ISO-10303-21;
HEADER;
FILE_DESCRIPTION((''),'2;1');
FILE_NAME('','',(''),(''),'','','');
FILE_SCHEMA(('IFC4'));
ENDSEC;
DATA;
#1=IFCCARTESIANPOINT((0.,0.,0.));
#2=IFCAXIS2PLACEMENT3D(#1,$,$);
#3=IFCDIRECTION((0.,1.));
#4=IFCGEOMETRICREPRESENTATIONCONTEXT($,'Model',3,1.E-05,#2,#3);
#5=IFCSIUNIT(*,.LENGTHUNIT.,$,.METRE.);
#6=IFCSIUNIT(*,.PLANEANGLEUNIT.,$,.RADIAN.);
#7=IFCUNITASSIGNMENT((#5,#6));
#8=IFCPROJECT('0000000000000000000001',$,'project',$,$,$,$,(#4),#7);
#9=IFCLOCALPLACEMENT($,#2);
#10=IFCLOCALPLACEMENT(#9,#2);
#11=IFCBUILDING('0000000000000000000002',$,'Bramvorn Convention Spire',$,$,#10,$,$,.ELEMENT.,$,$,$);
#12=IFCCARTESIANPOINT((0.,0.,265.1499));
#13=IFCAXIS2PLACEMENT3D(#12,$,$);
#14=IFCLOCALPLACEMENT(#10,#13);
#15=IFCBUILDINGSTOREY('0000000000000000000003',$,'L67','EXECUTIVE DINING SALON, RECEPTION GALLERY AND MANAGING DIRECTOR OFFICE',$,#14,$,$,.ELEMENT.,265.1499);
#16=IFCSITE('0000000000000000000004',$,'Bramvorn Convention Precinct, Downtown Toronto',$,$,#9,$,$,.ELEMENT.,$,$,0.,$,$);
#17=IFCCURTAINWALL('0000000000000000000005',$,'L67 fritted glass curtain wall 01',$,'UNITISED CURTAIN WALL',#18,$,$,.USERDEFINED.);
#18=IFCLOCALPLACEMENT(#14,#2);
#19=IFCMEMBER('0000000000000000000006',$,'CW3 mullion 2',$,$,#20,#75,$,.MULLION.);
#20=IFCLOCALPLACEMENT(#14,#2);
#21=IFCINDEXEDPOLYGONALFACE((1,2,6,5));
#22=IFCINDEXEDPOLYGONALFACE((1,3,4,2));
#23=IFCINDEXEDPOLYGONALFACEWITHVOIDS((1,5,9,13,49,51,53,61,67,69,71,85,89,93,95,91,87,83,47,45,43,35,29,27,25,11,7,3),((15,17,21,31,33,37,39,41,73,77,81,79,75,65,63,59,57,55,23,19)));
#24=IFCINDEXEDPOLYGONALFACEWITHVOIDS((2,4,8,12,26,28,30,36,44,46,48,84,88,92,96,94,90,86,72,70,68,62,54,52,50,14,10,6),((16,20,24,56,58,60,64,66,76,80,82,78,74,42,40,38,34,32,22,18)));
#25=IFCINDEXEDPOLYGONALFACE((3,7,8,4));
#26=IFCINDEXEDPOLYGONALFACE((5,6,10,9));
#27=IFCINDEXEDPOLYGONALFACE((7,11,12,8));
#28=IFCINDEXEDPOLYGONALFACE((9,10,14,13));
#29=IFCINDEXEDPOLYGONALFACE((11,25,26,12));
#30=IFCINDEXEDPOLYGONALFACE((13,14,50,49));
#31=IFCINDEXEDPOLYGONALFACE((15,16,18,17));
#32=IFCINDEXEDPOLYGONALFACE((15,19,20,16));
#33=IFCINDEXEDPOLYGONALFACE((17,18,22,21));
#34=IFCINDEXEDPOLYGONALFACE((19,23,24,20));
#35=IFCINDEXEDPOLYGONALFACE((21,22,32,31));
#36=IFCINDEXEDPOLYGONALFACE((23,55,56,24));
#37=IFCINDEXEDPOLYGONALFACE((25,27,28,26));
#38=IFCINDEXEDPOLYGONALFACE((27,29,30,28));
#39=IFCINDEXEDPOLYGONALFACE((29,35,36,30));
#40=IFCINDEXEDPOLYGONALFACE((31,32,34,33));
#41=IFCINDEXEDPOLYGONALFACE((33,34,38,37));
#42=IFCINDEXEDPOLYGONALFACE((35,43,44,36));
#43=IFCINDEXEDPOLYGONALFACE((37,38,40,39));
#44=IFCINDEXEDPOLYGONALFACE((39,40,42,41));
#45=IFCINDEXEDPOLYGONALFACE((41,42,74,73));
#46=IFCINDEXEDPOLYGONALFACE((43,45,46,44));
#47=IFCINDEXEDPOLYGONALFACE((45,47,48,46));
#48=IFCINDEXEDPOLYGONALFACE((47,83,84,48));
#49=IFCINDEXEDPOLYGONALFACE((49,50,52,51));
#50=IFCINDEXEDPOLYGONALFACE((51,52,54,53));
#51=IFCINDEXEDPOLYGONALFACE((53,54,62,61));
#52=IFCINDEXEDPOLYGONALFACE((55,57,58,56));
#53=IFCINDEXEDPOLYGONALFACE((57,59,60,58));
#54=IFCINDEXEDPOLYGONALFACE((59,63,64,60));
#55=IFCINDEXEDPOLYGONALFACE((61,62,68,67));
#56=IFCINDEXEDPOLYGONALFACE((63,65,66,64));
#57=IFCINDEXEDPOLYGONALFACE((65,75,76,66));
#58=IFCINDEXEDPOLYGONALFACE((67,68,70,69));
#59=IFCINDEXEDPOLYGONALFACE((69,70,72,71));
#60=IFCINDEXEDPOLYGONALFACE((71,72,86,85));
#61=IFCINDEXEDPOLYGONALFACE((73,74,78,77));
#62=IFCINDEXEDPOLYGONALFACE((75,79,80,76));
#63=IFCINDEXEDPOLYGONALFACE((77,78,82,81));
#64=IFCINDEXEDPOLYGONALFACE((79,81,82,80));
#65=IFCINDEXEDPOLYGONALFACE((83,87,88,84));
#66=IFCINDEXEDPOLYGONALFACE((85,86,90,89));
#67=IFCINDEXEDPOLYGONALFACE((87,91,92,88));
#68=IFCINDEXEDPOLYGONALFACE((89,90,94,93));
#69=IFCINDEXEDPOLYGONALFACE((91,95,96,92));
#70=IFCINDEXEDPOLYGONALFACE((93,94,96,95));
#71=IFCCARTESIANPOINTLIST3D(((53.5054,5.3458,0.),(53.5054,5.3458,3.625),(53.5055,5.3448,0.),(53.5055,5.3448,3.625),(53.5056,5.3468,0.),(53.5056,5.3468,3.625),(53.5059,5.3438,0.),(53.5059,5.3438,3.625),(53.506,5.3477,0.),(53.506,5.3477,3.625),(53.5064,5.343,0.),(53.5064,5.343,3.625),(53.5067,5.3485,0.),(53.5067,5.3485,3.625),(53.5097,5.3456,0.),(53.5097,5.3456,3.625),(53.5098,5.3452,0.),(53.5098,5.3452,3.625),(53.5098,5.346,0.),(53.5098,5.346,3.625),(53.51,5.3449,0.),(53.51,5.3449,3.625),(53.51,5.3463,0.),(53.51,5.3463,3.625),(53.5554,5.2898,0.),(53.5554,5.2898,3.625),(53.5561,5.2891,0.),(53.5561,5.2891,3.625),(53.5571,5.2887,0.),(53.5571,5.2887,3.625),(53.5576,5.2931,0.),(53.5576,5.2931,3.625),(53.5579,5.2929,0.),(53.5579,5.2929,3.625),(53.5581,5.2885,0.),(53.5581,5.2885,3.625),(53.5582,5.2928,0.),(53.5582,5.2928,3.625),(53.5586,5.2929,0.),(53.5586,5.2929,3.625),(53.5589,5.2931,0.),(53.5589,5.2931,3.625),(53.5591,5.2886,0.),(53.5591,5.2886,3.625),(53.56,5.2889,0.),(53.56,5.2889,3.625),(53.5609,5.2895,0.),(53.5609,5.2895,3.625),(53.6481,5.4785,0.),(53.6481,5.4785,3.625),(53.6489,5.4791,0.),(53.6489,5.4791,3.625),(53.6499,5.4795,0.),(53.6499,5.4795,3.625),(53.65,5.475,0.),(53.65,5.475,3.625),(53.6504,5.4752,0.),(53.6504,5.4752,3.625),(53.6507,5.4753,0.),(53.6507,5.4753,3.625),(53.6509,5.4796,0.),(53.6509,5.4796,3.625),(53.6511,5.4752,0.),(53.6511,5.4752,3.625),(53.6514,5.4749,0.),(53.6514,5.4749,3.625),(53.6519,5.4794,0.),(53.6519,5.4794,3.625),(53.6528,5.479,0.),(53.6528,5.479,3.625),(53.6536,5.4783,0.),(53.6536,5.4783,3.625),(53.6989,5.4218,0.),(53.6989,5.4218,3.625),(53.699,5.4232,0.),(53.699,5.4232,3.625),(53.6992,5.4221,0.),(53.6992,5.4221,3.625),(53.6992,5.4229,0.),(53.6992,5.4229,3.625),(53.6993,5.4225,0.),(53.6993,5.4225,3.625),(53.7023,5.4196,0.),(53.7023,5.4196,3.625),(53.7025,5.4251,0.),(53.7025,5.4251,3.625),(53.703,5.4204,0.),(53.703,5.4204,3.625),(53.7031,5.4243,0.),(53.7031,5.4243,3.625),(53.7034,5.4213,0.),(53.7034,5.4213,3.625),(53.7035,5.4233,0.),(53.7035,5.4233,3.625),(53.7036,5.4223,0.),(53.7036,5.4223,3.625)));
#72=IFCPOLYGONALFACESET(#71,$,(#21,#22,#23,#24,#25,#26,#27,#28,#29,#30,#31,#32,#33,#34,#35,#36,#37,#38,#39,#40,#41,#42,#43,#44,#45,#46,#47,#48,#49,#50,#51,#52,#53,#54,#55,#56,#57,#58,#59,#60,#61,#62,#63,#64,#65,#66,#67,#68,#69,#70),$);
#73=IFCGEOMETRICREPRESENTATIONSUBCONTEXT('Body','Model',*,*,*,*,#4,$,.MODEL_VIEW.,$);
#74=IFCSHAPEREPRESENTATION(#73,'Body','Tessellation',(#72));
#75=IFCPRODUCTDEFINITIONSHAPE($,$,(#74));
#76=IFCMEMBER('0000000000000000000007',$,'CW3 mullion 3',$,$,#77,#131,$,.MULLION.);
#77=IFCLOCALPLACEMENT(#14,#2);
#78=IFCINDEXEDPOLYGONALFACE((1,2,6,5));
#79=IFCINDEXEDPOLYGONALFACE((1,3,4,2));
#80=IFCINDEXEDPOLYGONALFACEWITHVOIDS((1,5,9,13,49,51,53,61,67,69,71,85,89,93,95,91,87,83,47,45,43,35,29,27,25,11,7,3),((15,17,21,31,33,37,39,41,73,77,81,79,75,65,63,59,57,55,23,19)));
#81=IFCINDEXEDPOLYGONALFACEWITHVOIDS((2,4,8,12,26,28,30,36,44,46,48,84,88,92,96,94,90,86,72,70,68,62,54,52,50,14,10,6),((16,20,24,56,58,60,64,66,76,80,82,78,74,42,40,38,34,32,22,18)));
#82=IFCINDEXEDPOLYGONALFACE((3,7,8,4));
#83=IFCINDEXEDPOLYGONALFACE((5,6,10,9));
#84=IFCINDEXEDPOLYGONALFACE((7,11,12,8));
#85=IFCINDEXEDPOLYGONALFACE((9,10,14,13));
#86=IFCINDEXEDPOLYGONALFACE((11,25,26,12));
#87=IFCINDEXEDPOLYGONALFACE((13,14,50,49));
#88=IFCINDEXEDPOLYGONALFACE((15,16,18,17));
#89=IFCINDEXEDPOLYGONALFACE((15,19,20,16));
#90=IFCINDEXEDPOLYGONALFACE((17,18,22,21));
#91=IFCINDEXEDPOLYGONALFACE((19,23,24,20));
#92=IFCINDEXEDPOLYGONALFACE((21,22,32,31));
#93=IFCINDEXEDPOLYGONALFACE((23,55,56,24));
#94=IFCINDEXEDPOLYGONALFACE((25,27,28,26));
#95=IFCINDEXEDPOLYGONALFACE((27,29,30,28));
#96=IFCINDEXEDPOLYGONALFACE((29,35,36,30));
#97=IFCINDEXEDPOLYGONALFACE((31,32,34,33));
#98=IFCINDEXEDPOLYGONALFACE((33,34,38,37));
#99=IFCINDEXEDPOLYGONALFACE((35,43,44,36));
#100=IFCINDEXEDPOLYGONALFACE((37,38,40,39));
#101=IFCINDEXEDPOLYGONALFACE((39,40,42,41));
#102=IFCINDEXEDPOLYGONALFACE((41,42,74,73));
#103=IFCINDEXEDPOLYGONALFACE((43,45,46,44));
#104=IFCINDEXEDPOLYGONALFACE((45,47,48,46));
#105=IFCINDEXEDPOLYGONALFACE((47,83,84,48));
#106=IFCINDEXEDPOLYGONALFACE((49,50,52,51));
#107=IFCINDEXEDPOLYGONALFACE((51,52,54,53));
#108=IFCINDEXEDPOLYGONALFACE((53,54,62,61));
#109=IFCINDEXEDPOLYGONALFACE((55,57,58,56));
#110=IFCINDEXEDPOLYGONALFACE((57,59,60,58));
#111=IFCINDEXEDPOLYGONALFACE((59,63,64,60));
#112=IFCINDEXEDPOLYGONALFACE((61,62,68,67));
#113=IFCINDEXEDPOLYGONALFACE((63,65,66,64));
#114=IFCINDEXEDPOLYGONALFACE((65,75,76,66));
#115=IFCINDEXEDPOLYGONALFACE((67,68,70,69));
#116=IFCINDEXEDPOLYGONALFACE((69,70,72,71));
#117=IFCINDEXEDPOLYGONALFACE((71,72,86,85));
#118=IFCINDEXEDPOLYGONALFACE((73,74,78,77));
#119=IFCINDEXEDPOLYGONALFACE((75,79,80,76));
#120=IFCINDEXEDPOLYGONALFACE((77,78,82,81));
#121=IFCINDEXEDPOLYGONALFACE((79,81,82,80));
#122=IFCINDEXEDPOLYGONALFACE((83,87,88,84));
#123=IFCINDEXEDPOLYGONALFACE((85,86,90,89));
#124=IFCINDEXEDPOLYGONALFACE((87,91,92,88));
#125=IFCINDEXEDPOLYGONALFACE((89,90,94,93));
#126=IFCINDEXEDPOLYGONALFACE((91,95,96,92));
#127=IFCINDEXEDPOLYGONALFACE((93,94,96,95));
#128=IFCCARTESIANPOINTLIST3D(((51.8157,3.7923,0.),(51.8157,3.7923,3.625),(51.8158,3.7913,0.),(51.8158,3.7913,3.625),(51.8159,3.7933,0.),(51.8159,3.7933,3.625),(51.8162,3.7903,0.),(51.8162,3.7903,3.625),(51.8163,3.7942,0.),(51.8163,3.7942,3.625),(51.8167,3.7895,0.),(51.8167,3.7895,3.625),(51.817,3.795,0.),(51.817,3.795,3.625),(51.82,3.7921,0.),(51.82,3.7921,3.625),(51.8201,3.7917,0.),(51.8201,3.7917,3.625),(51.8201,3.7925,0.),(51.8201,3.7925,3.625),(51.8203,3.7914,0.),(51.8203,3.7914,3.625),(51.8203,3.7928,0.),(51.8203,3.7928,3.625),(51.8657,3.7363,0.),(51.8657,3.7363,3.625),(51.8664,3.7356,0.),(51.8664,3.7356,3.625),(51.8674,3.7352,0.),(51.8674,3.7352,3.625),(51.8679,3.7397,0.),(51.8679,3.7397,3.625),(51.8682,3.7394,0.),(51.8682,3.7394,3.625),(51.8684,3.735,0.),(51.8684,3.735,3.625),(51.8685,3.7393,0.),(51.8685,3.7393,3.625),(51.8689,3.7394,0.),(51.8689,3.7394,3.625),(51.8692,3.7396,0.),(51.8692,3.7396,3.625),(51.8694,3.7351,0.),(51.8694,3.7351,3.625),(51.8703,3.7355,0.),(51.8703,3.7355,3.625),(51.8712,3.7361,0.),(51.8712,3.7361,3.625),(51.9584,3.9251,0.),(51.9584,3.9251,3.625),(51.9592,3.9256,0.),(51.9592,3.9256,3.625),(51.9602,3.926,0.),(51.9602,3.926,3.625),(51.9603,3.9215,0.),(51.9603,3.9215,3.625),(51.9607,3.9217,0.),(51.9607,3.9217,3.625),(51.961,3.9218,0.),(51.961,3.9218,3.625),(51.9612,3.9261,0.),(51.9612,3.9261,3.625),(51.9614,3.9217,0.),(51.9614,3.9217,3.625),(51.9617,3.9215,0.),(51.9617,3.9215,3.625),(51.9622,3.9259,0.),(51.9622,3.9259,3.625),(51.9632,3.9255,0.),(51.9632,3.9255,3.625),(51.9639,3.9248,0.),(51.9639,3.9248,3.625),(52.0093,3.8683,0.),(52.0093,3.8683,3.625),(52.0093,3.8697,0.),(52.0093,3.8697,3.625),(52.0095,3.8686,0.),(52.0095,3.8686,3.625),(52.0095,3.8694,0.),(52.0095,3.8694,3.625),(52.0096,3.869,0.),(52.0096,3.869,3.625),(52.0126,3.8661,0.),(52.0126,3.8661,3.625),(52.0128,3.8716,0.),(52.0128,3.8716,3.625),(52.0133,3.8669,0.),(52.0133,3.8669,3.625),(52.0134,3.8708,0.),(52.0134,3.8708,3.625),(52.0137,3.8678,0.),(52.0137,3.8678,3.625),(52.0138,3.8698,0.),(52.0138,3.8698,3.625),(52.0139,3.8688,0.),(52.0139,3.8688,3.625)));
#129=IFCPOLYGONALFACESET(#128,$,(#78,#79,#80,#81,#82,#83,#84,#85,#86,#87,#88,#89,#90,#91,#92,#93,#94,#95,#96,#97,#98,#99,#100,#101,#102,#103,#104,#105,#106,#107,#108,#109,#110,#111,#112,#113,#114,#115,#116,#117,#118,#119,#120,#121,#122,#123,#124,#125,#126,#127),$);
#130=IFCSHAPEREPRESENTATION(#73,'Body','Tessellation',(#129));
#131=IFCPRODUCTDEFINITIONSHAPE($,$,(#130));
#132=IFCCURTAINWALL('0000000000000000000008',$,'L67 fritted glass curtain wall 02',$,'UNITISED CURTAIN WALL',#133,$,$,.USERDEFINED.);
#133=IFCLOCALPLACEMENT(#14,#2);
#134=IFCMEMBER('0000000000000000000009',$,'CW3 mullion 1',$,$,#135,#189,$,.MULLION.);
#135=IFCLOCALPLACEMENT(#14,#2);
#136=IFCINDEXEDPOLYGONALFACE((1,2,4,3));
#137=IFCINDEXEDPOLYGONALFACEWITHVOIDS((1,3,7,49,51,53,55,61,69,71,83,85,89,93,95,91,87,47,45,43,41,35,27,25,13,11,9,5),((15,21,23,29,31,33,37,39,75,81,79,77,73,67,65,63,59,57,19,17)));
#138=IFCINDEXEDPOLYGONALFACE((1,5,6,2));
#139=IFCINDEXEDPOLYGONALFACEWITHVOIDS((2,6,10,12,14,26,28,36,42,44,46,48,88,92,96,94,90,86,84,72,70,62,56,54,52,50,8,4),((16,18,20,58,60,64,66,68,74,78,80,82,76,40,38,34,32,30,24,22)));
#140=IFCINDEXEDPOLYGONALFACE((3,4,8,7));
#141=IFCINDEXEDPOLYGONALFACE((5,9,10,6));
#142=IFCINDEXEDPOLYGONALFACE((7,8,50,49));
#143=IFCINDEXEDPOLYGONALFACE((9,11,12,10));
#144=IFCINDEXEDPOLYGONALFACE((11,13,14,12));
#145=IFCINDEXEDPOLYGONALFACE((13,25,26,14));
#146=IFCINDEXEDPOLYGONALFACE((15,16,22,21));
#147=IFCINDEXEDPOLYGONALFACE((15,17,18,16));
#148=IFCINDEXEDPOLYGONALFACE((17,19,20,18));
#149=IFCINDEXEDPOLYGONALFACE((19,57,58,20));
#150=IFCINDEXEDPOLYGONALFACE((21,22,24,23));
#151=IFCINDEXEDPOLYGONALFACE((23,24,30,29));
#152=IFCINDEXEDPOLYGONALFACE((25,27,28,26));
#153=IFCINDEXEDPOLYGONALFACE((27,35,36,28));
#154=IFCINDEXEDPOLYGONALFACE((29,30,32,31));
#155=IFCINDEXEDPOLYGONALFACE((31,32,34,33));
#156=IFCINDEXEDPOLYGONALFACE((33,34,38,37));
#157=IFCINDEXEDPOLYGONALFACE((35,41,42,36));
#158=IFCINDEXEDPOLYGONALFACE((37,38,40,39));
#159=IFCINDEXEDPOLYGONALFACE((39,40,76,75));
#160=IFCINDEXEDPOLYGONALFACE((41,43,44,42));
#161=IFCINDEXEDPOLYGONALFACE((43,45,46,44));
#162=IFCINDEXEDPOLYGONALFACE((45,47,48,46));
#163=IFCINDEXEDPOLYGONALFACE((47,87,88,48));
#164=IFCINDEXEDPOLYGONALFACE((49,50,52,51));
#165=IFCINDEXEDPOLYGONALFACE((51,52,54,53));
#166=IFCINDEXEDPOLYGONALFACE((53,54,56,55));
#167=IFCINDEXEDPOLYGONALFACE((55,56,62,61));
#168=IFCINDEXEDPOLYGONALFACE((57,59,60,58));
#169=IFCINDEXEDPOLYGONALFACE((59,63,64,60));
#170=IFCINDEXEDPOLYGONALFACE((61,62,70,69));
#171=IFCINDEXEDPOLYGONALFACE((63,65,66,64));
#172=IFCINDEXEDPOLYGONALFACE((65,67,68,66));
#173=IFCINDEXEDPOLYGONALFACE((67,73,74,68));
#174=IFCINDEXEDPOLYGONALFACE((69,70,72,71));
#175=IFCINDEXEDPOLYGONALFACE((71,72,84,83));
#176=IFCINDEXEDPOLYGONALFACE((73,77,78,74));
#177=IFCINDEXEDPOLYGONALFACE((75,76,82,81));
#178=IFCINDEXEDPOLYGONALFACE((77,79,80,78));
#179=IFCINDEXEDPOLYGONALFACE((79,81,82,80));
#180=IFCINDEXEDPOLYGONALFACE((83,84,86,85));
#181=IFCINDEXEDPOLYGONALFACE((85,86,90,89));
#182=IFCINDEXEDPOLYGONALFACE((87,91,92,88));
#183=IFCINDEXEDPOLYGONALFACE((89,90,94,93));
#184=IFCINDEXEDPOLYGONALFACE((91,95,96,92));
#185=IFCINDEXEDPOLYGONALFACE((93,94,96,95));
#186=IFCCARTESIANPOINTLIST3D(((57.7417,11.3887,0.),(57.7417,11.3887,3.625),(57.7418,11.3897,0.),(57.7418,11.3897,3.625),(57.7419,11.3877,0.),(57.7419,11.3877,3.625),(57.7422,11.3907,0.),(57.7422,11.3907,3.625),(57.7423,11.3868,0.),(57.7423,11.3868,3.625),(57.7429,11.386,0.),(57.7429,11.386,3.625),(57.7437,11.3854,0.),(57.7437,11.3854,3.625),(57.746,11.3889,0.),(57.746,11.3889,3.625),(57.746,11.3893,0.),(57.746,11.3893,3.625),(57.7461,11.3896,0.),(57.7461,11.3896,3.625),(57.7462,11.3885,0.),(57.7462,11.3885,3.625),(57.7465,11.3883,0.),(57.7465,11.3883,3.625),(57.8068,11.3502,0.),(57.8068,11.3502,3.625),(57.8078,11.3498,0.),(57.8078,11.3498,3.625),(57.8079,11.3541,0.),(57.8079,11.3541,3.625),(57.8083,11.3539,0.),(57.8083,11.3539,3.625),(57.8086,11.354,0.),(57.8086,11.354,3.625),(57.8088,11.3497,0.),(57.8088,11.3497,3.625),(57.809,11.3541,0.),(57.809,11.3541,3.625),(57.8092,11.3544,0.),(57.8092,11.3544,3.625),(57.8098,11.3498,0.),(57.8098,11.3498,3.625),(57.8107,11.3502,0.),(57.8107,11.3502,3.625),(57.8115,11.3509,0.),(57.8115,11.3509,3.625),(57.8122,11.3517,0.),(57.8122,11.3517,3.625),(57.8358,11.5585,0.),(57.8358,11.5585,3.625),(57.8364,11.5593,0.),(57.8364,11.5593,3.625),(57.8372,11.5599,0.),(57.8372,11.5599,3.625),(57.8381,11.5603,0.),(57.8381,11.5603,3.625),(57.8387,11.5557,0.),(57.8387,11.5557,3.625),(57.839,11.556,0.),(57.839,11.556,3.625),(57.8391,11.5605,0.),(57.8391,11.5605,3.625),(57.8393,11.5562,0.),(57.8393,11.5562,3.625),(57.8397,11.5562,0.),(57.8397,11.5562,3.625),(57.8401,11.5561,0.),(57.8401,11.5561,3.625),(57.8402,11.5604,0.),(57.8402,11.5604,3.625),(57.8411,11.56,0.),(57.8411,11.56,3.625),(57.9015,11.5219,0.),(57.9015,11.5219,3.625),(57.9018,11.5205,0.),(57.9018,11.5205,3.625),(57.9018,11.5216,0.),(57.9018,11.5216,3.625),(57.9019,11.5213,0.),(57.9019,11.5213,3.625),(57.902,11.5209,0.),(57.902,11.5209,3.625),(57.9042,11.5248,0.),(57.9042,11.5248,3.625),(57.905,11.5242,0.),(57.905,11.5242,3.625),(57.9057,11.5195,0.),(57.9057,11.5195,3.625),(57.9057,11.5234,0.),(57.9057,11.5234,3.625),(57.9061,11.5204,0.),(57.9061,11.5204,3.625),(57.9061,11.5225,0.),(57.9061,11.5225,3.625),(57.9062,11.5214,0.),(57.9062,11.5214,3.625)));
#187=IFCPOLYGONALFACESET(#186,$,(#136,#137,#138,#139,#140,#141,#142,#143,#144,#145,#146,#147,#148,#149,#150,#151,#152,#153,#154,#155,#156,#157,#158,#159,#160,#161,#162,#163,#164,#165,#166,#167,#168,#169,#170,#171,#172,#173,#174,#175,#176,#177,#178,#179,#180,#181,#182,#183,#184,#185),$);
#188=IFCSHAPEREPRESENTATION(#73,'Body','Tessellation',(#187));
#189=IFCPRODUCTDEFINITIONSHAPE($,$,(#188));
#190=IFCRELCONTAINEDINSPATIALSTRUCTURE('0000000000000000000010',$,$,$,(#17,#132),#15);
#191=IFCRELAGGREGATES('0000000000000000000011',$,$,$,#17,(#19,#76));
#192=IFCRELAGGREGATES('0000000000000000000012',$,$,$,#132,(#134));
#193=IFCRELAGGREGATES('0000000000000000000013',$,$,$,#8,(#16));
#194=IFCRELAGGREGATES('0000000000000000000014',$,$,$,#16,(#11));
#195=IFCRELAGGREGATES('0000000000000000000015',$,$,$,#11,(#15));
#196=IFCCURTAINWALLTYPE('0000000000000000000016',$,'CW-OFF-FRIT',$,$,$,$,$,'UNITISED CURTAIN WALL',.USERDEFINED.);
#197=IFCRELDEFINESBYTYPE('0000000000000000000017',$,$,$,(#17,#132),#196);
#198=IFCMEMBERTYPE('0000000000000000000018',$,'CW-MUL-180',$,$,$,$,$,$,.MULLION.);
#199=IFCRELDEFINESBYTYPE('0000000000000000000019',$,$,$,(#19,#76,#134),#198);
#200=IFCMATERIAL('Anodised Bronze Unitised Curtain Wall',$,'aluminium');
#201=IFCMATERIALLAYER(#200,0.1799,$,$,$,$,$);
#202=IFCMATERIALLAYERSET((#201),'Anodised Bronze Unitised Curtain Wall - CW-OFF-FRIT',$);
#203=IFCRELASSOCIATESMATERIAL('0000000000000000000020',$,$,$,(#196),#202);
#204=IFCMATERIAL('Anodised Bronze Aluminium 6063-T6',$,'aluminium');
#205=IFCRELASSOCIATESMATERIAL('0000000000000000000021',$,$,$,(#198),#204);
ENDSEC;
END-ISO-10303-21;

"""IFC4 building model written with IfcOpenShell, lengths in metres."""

from ifc_helpers import new_model, si_unit, direction, frame, origin, origin_2d, place, context, subcontext, project, spatial, hollow_rectangle, extrude, material, layer, layer_set, material_profile, profile_set, type_object, element, aggregate, save


model = new_model("IFC4")

# Units and contexts
model_context = context("Model", 3, precision=1e-05, world=origin(), true_north=direction((0.0, 1.0)))
body_context = subcontext(model_context, "Body", "Model", "MODEL_VIEW")
ifc_project = project(units=[si_unit("LENGTHUNIT", "METRE"), si_unit("PLANEANGLEUNIT", "RADIAN")], contexts=[model_context])

# Site, building, storey
site_placement = place(None, origin())
site = spatial("IfcSite", under=ifc_project, at=site_placement, Name="Bramvorn Convention Precinct, Downtown Toronto", CompositionType="ELEMENT", RefElevation=0.0)
building_placement = place(site_placement, origin())
building = spatial("IfcBuilding", under=site, at=building_placement, Name="Bramvorn Convention Spire", CompositionType="ELEMENT")
storey_placement = place(building_placement, frame((0.0, 0.0, 265.1499)))
storey = spatial("IfcBuildingStorey", under=building, at=storey_placement, Name="L67", Description="EXECUTIVE DINING SALON, RECEPTION GALLERY AND MANAGING DIRECTOR OFFICE", CompositionType="ELEMENT", Elevation=265.1499)

# Curtain walls, members
ifc_material_1 = material(Name="Anodised Bronze Unitised Curtain Wall", Category="aluminium")
ifc_layer_1 = layer(ifc_material_1, 0.1799)
ifc_layer_set_1 = layer_set([ifc_layer_1], Name="Anodised Bronze Unitised Curtain Wall - CW-OFF-FRIT")
curtain_wall_type = type_object("IfcCurtainWallType", Name="CW-OFF-FRIT", ElementType="UNITISED CURTAIN WALL", PredefinedType="USERDEFINED", material=ifc_layer_set_1)
curtain_wall_1_placement = place(storey_placement, origin())
curtain_wall_1 = element("IfcCurtainWall", 1, at=curtain_wall_1_placement, inside=storey, type_object=curtain_wall_type, Name="L67 fritted glass curtain wall 01", ObjectType="UNITISED CURTAIN WALL", PredefinedType="USERDEFINED")
ifc_material_2 = material(Name="Anodised Bronze Aluminium 6063-T6", Category="aluminium")
ifc_material_profile_1 = material_profile(ifc_material_2, hollow_rectangle(XDim=0.0801, YDim=0.2, WallThickness=0.0039, InnerFilletRadius=0.001, OuterFilletRadius=0.0039, at=origin_2d()))
ifc_profile_set_1 = profile_set([ifc_material_profile_1], Name="Anodised Bronze Aluminium 6063-T6 - CWM80X200")
member_type_1 = type_object("IfcMemberType", Name="CW-MUL-180", PredefinedType="MULLION", material=ifc_profile_set_1)
member_1_placement = place(storey_placement, frame((53.6045, 5.384, 0.0), z_axis=(0.0, 0.0, 1.0), x_axis=(0.676833, -0.736137, 0.0)))
member_1 = element("IfcMember", 2, at=member_1_placement, type_object=member_type_1, Name="CW3 mullion 2", PredefinedType="MULLION", context=body_context, shape_type="SweptSolid", body=[
    extrude(hollow_rectangle(XDim=0.0801, YDim=0.2, WallThickness=0.0039, InnerFilletRadius=0.001, OuterFilletRadius=0.0039, at=origin_2d()), origin(), (0.0, 0.0, 1.0), 3.625),
])
member_2_placement = place(storey_placement, frame((51.9148, 3.8306, 0.0), z_axis=(0.0, 0.0, 1.0), x_axis=(0.676833, -0.736137, 0.0)))
member_2 = element("IfcMember", 3, at=member_2_placement, type_object=member_type_1, Name="CW3 mullion 3", PredefinedType="MULLION", context=body_context, shape_type="SweptSolid", body=[
    extrude(hollow_rectangle(XDim=0.0801, YDim=0.2, WallThickness=0.0039, InnerFilletRadius=0.001, OuterFilletRadius=0.0039, at=origin_2d()), origin(), (0.0, 0.0, 1.0), 3.625),
])
curtain_wall_2_placement = place(storey_placement, origin())
curtain_wall_2 = element("IfcCurtainWall", 4, at=curtain_wall_2_placement, inside=storey, type_object=curtain_wall_type, Name="L67 fritted glass curtain wall 02", ObjectType="UNITISED CURTAIN WALL", PredefinedType="USERDEFINED")
member_3_placement = place(storey_placement, frame((57.824, 11.4551, 0.0), z_axis=(0.0, 0.0, 1.0), x_axis=(0.873394, -0.487015, 0.0)))
member_3 = element("IfcMember", 5, at=member_3_placement, type_object=member_type_1, Name="CW3 mullion 1", PredefinedType="MULLION", context=body_context, shape_type="SweptSolid", body=[
    extrude(hollow_rectangle(XDim=0.0801, YDim=0.2, WallThickness=0.0039, InnerFilletRadius=0.001, OuterFilletRadius=0.0039, at=origin_2d()), origin(), (0.0, 0.0, 1.0), 3.625),
])

aggregate(curtain_wall_1, [member_1, member_2])
aggregate(curtain_wall_2, [member_3])

save(model, "model.ifc")
